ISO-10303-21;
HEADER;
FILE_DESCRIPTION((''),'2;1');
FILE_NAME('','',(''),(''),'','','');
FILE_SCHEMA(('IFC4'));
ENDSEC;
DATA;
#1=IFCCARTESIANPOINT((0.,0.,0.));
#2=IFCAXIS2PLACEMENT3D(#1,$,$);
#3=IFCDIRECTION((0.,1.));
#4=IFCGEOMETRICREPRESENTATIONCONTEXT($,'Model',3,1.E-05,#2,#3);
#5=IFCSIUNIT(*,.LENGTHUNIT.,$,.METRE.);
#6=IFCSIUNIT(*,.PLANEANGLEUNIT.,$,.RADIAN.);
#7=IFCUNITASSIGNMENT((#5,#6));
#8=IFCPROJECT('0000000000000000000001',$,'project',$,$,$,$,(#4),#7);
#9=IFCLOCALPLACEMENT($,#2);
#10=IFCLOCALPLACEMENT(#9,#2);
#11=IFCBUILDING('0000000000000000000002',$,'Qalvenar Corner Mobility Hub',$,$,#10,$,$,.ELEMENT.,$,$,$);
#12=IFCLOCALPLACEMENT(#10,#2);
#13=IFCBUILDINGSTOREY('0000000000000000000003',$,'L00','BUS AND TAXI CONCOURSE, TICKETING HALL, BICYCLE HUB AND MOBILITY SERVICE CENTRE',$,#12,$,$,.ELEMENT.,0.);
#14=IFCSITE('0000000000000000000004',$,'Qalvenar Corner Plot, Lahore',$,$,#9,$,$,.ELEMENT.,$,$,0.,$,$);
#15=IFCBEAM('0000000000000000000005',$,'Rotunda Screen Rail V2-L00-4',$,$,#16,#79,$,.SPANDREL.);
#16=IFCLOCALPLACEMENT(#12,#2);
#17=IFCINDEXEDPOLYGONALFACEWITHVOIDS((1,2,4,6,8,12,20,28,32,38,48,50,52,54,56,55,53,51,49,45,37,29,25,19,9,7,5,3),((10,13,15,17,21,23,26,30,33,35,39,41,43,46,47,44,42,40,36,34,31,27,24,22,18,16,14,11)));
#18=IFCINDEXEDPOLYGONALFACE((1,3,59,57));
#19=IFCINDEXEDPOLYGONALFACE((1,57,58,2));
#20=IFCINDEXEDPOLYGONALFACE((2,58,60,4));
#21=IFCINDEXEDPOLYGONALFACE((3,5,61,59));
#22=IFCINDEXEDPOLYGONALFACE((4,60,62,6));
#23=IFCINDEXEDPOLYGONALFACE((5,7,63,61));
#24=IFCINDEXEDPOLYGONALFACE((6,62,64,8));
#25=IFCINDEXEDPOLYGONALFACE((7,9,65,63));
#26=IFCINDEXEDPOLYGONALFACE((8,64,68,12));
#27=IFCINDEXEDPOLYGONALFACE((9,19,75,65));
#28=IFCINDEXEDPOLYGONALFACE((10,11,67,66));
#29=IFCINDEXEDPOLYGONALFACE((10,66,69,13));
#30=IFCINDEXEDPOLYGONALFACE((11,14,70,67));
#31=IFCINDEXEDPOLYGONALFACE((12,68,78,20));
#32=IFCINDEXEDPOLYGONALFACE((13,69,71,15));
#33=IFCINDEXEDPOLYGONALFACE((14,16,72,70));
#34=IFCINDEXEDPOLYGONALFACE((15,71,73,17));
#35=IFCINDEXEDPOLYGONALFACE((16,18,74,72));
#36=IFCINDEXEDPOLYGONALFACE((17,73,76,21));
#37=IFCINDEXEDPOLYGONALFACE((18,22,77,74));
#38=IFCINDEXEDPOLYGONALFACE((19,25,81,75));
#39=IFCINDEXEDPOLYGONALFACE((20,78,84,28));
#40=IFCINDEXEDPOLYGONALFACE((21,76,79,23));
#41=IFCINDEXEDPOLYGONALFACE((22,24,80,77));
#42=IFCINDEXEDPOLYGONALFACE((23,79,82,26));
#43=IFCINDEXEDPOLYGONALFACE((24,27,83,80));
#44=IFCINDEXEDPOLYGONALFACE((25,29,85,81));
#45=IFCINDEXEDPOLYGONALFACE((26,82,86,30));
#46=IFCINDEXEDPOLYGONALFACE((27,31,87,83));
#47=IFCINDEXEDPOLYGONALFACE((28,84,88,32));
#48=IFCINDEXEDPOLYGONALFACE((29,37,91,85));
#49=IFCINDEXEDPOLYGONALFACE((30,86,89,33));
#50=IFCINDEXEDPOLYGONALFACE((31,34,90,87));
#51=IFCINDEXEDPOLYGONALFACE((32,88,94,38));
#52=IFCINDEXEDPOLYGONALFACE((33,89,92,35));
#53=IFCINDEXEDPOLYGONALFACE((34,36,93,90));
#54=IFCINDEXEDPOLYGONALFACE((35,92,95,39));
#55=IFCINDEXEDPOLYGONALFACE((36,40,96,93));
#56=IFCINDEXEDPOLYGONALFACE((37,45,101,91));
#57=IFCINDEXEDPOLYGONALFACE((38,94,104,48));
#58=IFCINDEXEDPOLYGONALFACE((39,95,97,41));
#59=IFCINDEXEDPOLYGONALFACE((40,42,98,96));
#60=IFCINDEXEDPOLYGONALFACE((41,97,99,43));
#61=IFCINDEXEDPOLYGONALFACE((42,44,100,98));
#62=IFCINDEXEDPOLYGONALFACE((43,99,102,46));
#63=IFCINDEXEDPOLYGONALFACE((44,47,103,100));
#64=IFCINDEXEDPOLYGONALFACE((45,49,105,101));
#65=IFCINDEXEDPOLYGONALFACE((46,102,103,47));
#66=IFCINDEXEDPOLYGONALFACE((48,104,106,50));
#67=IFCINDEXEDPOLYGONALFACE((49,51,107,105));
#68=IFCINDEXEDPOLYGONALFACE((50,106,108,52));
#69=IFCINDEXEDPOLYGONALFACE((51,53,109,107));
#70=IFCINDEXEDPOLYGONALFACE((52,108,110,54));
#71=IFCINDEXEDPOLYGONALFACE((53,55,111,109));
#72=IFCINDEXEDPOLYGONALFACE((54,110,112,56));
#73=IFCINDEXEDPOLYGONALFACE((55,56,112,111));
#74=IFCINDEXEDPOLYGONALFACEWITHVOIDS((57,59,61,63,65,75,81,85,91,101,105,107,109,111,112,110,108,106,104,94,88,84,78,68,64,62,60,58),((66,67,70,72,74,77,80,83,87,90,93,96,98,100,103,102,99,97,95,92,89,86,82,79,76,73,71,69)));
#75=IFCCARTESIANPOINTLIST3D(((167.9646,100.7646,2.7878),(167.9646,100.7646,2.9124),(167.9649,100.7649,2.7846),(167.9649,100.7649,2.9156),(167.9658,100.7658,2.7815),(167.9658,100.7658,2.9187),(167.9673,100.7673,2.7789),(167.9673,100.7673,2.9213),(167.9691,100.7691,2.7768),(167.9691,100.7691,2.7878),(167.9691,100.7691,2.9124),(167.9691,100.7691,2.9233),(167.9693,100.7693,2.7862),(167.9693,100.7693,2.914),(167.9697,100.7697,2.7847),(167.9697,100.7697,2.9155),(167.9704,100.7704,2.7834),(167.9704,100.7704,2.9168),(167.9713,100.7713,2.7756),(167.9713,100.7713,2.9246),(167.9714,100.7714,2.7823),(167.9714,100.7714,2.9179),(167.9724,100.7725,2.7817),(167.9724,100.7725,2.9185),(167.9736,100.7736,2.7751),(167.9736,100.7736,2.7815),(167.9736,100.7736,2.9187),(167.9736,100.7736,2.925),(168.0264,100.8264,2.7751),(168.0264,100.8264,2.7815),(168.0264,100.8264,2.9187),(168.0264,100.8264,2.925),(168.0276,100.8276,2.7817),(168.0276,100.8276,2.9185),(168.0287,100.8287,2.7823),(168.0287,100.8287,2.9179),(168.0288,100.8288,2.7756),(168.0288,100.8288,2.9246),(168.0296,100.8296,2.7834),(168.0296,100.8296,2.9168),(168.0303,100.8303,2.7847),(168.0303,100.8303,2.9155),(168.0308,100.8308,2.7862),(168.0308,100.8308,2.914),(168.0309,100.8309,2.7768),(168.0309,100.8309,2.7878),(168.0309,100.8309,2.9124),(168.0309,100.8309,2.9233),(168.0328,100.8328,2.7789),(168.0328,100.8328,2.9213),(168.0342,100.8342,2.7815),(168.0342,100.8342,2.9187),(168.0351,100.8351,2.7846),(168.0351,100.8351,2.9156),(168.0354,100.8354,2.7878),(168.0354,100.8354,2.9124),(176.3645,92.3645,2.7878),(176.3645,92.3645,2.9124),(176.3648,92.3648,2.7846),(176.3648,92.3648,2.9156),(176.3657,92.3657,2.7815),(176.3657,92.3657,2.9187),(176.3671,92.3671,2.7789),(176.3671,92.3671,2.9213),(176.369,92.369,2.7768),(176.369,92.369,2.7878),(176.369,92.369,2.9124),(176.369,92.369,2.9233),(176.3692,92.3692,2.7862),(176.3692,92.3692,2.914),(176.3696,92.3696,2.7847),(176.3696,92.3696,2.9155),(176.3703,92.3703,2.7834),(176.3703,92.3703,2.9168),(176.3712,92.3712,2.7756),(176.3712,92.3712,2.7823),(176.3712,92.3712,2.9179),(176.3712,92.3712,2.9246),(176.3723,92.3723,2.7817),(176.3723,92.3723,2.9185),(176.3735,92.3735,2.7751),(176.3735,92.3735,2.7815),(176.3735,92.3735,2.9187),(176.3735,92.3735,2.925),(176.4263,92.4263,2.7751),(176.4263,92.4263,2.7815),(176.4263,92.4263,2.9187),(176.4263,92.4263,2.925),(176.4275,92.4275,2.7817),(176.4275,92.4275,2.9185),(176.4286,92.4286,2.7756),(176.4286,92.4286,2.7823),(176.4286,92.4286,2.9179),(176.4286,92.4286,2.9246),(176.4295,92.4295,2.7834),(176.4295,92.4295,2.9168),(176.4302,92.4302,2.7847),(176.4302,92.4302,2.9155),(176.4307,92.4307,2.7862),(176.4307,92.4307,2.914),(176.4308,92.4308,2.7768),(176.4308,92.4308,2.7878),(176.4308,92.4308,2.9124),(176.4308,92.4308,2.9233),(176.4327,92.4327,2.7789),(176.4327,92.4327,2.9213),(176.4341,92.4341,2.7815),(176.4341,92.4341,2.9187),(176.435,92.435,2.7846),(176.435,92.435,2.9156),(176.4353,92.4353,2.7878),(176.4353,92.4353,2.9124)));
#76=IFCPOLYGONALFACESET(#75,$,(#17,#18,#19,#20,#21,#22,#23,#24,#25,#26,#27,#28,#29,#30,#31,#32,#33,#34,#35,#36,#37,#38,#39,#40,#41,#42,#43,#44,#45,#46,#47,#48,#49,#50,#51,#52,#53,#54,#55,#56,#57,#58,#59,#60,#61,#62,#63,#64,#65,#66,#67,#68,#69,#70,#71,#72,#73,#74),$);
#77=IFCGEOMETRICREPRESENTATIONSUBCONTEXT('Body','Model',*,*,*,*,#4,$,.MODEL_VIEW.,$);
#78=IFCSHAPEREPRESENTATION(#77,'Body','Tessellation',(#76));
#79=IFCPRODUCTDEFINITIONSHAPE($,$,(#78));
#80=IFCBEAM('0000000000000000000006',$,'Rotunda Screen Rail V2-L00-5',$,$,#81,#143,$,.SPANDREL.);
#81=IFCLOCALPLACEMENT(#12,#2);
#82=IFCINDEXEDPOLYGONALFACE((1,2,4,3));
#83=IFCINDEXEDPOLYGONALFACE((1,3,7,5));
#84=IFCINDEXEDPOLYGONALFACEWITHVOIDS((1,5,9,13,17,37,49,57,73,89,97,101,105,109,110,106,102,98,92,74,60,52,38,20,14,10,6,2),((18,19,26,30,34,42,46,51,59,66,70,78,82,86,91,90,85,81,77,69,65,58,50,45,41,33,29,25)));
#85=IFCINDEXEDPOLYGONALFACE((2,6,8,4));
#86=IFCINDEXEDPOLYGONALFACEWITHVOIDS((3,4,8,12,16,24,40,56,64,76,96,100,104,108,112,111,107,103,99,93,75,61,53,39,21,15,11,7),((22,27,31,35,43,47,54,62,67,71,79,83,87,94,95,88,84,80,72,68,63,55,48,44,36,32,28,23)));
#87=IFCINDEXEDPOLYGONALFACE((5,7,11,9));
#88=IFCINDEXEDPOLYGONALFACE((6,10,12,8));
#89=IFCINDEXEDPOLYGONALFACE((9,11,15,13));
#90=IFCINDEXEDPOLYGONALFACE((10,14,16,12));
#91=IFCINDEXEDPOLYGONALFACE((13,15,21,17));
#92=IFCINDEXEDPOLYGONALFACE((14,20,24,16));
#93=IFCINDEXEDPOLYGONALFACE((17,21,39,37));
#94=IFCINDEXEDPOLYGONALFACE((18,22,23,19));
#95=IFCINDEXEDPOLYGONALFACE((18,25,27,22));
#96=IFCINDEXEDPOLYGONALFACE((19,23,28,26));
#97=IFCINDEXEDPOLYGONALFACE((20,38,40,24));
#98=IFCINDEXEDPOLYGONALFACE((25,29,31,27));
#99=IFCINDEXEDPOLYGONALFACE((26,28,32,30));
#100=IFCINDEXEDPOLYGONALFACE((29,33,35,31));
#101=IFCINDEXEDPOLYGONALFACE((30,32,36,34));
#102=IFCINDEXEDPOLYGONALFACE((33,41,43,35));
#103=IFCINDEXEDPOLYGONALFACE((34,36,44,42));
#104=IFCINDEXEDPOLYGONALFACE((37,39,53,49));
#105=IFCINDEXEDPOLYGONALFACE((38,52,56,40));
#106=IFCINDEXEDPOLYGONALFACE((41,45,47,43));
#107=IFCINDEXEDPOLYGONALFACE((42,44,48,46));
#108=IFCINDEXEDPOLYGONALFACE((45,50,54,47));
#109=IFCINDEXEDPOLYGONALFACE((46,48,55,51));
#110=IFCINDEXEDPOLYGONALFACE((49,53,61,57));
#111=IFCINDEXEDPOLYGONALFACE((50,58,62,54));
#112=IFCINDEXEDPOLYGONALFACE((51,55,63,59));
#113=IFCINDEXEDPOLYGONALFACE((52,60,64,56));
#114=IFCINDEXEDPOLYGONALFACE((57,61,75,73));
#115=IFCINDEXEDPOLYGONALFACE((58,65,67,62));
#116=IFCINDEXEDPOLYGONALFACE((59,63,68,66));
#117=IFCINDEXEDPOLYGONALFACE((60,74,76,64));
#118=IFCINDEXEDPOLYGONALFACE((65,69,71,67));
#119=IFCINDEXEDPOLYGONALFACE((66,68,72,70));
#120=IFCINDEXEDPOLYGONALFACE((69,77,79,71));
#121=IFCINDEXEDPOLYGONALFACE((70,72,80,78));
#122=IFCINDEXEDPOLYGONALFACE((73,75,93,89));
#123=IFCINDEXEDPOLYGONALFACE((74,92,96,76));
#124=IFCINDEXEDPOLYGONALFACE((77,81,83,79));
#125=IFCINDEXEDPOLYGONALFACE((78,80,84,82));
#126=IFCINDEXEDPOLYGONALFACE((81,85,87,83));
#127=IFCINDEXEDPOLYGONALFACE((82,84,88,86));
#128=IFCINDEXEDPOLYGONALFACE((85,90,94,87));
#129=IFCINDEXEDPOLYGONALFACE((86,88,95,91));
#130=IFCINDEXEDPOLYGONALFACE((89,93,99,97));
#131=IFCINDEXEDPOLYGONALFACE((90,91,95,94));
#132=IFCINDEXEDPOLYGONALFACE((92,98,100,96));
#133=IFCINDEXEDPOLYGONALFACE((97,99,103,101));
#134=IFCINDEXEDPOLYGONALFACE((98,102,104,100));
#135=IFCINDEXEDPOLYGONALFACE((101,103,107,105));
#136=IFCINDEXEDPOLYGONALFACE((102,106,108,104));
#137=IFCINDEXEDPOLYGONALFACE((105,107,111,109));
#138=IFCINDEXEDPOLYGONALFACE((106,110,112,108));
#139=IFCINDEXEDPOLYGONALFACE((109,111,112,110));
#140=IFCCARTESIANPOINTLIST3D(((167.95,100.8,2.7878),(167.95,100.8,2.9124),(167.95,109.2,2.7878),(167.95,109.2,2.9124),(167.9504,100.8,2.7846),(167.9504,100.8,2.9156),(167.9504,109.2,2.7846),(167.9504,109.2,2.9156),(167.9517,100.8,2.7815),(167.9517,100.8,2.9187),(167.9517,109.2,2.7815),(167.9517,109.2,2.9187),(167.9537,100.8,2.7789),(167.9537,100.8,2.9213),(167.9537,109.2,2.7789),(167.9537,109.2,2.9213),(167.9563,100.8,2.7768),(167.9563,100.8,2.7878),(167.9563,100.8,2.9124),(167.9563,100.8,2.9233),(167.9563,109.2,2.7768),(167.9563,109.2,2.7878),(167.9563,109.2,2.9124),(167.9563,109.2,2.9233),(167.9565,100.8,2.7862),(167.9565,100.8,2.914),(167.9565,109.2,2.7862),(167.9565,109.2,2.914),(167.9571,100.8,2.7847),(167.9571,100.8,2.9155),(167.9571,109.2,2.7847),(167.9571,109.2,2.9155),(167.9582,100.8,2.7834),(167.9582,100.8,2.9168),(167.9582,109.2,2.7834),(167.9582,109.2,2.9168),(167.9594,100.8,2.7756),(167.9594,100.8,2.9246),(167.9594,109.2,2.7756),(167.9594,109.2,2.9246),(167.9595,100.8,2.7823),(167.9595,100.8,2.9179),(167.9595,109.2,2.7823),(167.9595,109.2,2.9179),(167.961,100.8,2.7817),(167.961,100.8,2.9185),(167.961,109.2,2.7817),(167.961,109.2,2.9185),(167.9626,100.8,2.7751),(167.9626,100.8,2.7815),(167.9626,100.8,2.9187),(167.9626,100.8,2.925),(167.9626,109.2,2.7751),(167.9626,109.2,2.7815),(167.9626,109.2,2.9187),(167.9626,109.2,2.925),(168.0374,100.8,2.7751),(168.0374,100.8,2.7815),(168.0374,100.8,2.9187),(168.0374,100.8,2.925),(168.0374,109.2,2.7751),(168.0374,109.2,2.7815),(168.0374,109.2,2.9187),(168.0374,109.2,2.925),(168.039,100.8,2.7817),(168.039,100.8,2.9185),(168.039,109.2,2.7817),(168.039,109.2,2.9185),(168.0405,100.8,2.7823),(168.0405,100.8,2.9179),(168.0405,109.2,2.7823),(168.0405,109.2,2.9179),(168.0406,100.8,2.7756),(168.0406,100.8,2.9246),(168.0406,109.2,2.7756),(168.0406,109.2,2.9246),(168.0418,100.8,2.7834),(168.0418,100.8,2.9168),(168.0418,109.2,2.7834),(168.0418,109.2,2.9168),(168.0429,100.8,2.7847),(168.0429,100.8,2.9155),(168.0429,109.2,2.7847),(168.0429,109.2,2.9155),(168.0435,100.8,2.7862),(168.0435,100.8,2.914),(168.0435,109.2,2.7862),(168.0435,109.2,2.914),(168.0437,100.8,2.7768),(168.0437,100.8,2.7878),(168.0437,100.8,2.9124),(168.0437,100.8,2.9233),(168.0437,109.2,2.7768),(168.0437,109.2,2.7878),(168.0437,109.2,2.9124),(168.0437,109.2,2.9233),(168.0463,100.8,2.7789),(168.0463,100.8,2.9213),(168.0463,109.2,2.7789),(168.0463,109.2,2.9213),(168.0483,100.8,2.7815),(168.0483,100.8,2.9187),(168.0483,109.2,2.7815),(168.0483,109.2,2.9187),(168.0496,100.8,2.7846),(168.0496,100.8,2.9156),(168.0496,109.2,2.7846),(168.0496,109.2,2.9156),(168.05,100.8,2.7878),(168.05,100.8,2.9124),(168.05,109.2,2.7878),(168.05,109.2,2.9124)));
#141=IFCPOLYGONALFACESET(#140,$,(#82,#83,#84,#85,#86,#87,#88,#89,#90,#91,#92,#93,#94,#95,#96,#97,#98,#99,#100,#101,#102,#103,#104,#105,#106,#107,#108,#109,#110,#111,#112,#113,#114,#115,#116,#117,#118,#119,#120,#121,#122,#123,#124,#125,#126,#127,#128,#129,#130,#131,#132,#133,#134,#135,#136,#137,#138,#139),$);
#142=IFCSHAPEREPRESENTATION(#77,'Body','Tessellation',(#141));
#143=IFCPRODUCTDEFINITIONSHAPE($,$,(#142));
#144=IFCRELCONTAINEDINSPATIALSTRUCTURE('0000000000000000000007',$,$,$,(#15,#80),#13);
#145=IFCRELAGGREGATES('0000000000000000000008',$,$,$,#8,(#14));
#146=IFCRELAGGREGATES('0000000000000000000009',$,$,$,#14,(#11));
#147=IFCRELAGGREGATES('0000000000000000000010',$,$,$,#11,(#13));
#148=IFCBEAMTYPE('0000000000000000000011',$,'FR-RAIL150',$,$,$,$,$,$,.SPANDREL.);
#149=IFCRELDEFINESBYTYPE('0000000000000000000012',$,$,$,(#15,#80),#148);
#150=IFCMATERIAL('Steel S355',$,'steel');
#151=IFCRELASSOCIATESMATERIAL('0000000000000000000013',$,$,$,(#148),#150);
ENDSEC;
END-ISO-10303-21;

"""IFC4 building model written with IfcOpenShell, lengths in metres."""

from ifc_helpers import new_model, si_unit, direction, frame, origin, origin_2d, place, context, subcontext, project, spatial, hollow_rectangle, extrude, material, material_profile, profile_set, type_object, element, save


model = new_model("IFC4")

# Units and contexts
model_context = context("Model", 3, precision=1e-05, world=origin(), true_north=direction((0.0, 1.0)))
body_context = subcontext(model_context, "Body", "Model", "MODEL_VIEW")
ifc_project = project(units=[si_unit("LENGTHUNIT", "METRE"), si_unit("PLANEANGLEUNIT", "RADIAN")], contexts=[model_context])

# Site, building, storey
site_placement = place(None, origin())
site = spatial("IfcSite", under=ifc_project, at=site_placement, Name="Qalvenar Corner Plot, Lahore", CompositionType="ELEMENT", RefElevation=0.0)
building_placement = place(site_placement, origin())
building = spatial("IfcBuilding", under=site, at=building_placement, Name="Qalvenar Corner Mobility Hub", CompositionType="ELEMENT")
storey_placement = place(building_placement, origin())
storey = spatial("IfcBuildingStorey", under=building, at=storey_placement, Name="L00", Description="BUS AND TAXI CONCOURSE, TICKETING HALL, BICYCLE HUB AND MOBILITY SERVICE CENTRE", CompositionType="ELEMENT", Elevation=0.0)

# Shared definitions
ifc_material_1 = material(Name="Steel S355", Category="steel")

# Beams
ifc_material_profile_1 = material_profile(ifc_material_1, hollow_rectangle(XDim=0.1001, YDim=0.1499, WallThickness=0.0063, InnerFilletRadius=0.0063, OuterFilletRadius=0.0127, at=origin_2d()), Name="RHS150x100x6.3")
ifc_profile_set_1 = profile_set([ifc_material_profile_1], Name="Steel S355")
beam_type_1 = type_object("IfcBeamType", Name="FR-RAIL150", PredefinedType="SPANDREL", material=ifc_profile_set_1)
beam_1_placement = place(storey_placement, frame((176.3999, 92.3999, 2.8501), z_axis=(-0.707097, 0.707117, 0.0), x_axis=(-0.707117, -0.707097, 0.0)))
element("IfcBeam", 1, at=beam_1_placement, inside=storey, type_object=beam_type_1, Name="Rotunda Screen Rail V2-L00-4", PredefinedType="SPANDREL", context=body_context, shape_type="SweptSolid", body=[
    extrude(hollow_rectangle(XDim=0.1001, YDim=0.1499, WallThickness=0.0063, InnerFilletRadius=0.0063, OuterFilletRadius=0.0127, at=origin_2d()), origin(), (0.0, 0.0, 1.0), 11.8794),
])
beam_2_placement = place(storey_placement, frame((168.0, 100.8, 2.8501), z_axis=(0.0, 1.0, 0.0), x_axis=(-1.0, 0.0, 0.0)))
element("IfcBeam", 2, at=beam_2_placement, inside=storey, type_object=beam_type_1, Name="Rotunda Screen Rail V2-L00-5", PredefinedType="SPANDREL", context=body_context, shape_type="SweptSolid", body=[
    extrude(hollow_rectangle(XDim=0.1001, YDim=0.1499, WallThickness=0.0063, InnerFilletRadius=0.0063, OuterFilletRadius=0.0127, at=origin_2d()), origin(), (0.0, 0.0, 1.0), 8.3999),
])

save(model, "model.ifc")
